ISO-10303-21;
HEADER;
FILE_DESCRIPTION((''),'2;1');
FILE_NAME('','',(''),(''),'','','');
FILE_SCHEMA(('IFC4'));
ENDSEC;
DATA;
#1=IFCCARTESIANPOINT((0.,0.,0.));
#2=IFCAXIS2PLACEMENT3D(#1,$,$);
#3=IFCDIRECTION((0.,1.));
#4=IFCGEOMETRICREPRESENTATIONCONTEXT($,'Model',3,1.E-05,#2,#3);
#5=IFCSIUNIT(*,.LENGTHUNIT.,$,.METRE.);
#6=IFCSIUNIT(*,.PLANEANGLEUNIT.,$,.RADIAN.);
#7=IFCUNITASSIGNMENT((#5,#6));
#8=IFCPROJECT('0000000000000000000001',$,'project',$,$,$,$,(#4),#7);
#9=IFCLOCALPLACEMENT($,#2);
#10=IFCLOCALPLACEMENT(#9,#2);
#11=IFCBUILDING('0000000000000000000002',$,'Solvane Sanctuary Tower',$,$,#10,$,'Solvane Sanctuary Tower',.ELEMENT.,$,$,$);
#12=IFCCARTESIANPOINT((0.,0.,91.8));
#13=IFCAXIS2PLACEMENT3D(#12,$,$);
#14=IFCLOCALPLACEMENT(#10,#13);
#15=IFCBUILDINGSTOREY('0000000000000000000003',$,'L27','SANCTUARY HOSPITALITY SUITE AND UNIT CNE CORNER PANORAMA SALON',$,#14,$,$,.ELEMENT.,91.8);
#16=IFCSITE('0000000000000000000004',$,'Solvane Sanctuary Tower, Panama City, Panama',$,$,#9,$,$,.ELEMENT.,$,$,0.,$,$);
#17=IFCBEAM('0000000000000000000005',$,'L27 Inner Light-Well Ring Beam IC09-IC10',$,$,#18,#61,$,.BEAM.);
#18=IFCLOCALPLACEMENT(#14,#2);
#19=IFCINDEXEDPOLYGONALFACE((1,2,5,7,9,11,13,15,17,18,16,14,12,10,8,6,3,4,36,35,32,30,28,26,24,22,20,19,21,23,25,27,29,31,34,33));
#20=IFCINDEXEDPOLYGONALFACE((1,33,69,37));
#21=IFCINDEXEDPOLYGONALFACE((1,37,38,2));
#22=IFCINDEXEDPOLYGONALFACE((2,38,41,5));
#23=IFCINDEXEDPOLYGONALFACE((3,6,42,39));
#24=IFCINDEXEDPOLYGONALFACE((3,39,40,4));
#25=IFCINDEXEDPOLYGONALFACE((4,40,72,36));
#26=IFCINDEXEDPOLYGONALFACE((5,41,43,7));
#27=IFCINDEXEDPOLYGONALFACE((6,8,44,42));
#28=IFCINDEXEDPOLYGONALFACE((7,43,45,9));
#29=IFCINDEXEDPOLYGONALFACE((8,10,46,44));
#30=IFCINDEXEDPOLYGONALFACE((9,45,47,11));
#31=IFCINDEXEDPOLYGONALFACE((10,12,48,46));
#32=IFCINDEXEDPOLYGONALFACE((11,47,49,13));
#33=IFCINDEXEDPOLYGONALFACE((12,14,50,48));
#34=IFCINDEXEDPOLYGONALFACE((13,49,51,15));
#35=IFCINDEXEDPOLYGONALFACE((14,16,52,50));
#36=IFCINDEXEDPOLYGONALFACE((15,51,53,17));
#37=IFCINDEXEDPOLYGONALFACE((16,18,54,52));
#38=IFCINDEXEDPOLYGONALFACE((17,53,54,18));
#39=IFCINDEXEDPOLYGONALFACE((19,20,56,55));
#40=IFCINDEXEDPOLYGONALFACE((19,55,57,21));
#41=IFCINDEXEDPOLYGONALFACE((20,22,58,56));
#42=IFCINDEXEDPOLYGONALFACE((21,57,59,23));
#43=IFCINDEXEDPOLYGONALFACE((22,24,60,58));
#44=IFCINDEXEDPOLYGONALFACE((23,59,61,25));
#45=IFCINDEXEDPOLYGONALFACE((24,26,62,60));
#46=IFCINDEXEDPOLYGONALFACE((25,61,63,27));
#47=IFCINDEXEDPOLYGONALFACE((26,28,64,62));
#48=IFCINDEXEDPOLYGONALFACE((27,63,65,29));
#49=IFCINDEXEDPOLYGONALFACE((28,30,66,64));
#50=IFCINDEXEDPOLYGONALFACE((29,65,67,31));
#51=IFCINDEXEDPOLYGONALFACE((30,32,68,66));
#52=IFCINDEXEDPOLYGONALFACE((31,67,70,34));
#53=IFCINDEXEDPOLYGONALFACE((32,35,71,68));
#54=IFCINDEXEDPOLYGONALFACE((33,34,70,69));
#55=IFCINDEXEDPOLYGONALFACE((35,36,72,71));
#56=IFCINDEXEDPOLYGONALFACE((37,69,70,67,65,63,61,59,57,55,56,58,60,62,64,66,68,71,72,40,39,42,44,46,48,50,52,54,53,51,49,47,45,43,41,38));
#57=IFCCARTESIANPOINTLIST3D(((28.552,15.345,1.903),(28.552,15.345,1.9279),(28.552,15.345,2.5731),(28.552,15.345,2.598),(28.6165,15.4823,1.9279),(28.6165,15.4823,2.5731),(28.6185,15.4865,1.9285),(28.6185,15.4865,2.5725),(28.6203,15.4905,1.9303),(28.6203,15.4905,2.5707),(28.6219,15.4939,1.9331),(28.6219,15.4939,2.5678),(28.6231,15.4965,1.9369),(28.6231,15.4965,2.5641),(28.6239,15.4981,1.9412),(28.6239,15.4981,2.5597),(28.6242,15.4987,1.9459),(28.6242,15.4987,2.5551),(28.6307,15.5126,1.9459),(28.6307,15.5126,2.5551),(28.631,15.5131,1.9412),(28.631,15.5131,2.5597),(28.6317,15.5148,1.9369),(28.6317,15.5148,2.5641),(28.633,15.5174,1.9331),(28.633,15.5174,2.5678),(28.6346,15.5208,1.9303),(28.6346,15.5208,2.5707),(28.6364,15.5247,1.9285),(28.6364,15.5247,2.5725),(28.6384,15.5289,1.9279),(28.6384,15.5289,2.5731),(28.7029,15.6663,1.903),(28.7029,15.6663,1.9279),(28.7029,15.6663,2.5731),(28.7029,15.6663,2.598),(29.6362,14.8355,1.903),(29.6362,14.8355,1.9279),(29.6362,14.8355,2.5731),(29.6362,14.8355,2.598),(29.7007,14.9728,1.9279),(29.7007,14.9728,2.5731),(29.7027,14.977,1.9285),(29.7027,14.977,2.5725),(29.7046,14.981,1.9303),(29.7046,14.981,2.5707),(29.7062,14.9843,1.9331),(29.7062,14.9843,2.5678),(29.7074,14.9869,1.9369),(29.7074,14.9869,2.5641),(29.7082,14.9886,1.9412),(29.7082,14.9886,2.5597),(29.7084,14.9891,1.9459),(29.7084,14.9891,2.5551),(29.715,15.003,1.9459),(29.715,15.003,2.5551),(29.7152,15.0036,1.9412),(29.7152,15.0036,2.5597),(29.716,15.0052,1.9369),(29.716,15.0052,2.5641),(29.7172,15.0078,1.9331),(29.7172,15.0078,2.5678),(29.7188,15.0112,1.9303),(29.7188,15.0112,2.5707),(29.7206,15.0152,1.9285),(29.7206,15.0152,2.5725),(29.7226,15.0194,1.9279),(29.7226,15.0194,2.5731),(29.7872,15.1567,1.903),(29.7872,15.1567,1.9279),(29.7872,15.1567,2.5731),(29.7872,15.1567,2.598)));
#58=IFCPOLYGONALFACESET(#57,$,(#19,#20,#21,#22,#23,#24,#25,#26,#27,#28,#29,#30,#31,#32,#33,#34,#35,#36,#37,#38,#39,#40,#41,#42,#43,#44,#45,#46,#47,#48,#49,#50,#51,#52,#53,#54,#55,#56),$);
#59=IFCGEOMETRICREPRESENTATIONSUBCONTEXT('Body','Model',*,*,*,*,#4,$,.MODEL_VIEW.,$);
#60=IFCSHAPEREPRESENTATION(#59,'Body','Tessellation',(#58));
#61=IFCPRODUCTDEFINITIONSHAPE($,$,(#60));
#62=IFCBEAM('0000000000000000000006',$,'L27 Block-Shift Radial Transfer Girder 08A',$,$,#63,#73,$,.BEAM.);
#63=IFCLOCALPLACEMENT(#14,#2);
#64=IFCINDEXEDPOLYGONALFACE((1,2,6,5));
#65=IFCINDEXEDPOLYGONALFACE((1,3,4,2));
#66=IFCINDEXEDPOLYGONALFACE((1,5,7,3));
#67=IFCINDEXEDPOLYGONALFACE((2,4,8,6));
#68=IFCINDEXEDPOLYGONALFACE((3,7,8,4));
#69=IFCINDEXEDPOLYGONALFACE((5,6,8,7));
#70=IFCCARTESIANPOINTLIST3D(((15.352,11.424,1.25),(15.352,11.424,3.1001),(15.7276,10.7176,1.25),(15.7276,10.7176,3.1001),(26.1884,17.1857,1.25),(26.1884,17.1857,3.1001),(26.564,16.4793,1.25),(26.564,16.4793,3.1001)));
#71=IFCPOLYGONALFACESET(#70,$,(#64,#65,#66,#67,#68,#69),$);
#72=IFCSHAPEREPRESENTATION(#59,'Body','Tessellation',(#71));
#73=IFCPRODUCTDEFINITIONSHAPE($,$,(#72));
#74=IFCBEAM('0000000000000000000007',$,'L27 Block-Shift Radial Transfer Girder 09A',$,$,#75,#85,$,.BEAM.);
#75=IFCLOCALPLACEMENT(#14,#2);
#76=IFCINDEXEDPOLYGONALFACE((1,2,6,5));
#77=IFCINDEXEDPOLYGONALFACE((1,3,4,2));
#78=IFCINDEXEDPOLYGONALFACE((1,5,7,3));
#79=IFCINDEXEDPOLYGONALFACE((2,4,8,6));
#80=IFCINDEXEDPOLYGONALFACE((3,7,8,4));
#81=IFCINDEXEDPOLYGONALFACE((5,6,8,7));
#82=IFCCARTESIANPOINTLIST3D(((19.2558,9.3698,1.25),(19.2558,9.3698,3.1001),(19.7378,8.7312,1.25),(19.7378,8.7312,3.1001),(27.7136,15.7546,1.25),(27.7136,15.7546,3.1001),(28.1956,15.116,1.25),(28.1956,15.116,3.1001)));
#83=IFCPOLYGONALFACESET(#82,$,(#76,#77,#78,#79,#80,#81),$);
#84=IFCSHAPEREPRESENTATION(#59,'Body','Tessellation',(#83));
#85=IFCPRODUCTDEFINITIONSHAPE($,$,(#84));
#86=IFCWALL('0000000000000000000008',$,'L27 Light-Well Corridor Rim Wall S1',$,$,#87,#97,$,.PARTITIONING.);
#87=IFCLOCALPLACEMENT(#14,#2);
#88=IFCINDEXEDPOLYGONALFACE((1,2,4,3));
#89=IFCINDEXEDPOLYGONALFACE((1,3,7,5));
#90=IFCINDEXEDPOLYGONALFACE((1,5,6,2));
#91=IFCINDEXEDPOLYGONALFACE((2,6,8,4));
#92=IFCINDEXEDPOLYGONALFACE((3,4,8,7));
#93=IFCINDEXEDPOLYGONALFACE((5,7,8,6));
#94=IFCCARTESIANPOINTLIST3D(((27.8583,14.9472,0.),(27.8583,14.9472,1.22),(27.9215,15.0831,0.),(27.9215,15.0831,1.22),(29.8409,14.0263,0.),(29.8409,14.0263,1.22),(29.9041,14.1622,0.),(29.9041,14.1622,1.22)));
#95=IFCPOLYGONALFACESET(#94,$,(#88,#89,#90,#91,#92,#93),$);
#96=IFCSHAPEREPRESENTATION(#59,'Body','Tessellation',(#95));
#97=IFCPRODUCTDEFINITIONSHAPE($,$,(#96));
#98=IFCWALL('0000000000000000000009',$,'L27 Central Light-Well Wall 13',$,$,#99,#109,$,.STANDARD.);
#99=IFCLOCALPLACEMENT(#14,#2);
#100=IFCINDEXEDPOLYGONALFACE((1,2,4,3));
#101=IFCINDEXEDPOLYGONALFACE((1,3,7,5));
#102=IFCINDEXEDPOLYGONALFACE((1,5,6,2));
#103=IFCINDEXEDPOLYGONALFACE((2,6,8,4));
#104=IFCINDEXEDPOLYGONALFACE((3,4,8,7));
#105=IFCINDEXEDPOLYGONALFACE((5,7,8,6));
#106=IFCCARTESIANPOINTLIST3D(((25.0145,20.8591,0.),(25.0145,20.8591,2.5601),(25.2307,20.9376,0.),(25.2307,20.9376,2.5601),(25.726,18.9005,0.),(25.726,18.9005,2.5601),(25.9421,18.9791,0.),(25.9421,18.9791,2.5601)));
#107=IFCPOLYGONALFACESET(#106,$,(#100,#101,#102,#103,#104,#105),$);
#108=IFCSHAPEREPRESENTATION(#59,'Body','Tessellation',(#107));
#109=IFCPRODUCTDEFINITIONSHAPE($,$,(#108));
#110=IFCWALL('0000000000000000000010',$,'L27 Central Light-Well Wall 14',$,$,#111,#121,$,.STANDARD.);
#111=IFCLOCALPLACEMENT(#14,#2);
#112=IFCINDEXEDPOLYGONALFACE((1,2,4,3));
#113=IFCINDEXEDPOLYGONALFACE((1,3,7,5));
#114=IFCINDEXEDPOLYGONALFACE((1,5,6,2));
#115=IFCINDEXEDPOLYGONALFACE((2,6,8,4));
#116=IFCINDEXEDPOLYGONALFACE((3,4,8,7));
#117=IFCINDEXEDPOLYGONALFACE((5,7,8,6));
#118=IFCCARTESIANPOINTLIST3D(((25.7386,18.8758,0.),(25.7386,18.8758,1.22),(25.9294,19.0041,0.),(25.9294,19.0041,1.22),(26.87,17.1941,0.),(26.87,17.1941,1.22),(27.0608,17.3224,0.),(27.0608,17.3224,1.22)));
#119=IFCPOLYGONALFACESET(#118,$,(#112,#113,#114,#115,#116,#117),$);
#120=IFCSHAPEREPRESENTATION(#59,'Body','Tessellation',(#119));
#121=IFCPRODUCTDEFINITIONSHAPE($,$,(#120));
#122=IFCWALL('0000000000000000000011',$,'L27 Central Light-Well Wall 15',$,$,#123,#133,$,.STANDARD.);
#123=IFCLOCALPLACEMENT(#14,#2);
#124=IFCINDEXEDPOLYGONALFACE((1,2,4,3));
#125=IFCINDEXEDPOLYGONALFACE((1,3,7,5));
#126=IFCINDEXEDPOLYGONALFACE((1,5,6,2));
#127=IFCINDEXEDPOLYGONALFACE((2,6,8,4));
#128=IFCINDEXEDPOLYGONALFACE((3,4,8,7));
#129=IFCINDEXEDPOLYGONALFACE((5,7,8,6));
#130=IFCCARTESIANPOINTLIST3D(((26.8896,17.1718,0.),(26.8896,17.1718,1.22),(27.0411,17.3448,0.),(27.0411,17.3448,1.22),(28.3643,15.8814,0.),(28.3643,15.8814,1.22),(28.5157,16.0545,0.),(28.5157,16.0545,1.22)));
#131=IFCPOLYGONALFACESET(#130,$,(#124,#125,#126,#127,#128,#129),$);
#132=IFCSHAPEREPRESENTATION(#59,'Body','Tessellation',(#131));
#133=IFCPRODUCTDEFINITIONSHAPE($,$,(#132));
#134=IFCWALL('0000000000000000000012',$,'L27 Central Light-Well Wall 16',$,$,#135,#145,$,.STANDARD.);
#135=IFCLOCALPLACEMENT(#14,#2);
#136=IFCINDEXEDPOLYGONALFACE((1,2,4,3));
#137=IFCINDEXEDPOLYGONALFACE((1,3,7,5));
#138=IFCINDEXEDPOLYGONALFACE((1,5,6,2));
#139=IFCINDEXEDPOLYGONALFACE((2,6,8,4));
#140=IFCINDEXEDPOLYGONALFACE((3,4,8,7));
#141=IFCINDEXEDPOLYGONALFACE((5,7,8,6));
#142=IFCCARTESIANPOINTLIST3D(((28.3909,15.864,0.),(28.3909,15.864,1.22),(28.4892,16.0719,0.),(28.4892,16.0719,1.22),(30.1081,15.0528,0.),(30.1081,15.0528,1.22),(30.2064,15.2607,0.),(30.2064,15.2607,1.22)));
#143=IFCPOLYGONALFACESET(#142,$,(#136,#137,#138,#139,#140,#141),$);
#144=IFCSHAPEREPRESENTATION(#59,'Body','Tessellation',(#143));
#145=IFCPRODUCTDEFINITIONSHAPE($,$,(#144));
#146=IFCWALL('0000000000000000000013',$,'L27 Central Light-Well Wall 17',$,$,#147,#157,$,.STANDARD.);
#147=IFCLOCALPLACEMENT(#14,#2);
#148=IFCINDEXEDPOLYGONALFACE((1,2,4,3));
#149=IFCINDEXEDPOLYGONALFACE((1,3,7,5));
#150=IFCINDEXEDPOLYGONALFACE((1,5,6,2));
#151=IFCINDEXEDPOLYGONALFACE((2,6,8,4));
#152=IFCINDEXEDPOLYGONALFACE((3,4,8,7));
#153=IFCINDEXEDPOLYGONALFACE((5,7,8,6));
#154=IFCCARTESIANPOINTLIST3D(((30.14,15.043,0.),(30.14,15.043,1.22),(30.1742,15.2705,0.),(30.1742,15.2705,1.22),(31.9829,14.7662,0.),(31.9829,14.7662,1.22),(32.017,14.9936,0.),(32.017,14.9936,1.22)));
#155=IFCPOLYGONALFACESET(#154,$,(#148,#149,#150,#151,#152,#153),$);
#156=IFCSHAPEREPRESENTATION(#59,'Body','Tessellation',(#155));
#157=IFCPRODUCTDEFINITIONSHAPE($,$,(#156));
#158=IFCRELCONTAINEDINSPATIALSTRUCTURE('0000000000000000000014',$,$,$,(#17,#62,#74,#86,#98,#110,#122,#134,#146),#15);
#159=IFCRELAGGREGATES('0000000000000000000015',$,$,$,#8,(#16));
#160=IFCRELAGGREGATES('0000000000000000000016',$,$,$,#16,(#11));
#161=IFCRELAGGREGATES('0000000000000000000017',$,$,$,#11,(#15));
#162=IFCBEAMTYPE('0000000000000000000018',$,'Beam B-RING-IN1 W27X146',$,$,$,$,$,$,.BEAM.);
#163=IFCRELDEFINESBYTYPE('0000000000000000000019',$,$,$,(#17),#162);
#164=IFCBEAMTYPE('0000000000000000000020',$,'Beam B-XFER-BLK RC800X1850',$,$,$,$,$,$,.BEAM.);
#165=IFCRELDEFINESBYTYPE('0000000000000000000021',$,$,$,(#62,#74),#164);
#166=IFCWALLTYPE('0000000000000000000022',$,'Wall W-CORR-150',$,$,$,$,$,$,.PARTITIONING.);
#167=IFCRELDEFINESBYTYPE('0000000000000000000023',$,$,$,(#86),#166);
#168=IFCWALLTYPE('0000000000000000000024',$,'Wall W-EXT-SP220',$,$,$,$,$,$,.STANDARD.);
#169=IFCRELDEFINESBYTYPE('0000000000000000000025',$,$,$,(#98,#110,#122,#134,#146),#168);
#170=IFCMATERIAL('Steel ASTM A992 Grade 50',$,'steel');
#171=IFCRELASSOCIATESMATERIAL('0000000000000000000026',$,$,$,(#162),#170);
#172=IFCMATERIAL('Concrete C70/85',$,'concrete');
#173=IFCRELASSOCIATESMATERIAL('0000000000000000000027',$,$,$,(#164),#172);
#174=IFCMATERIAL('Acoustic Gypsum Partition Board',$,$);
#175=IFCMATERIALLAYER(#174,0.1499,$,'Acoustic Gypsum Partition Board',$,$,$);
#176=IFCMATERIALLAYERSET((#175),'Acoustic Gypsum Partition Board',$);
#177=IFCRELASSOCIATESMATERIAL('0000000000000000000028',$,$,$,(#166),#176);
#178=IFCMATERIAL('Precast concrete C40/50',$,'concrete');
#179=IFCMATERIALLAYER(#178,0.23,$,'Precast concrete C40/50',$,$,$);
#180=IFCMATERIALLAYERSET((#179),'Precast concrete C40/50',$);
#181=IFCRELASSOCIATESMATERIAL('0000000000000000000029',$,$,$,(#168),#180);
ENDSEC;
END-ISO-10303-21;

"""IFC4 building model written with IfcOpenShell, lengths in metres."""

from ifc_helpers import new_model, si_unit, direction, frame, frame_2d, origin, origin_2d, place, context, subcontext, project, spatial, rectangle, i_section, extrude, material, layer, layer_set, material_profile, profile_set, type_object, element, save


model = new_model("IFC4")

# Units and contexts
model_context = context("Model", 3, precision=1e-05, world=origin(), true_north=direction((0.0, 1.0)))
body_context = subcontext(model_context, "Body", "Model", "MODEL_VIEW")
ifc_project = project(units=[si_unit("LENGTHUNIT", "METRE"), si_unit("PLANEANGLEUNIT", "RADIAN")], contexts=[model_context])

# Site, building, storey
site_placement = place(None, origin())
site = spatial("IfcSite", under=ifc_project, at=site_placement, Name="Solvane Sanctuary Tower, Panama City, Panama", CompositionType="ELEMENT", RefElevation=0.0)
building_placement = place(site_placement, origin())
building = spatial("IfcBuilding", under=site, at=building_placement, Name="Solvane Sanctuary Tower", LongName="Solvane Sanctuary Tower", CompositionType="ELEMENT")
storey_placement = place(building_placement, frame((0.0, 0.0, 91.8)))
storey = spatial("IfcBuildingStorey", under=building, at=storey_placement, Name="L27", Description="SANCTUARY HOSPITALITY SUITE AND UNIT CNE CORNER PANORAMA SALON", CompositionType="ELEMENT", Elevation=91.8)

# Shared definitions
ifc_material_1 = material(Name="Concrete C70/85", Category="concrete")

# Beams
ifc_material_2 = material(Name="Steel ASTM A992 Grade 50", Category="steel")
ifc_material_profile_1 = material_profile(ifc_material_2, i_section(OverallWidth=0.355, OverallDepth=0.6951, WebThickness=0.0154, FlangeThickness=0.0249, FilletRadius=0.0181, at=origin_2d()), Name="W27X146")
ifc_profile_set_1 = profile_set([ifc_material_profile_1], Name="Steel ASTM A992 Grade 50")
beam_type_1 = type_object("IfcBeamType", Name="Beam B-RING-IN1 W27X146", PredefinedType="BEAM", material=ifc_profile_set_1)
beam_1_placement = place(storey_placement, frame((28.6274, 15.5056, 2.2505), z_axis=(0.905045, -0.425316, 0.0), x_axis=(0.425316, 0.905045, 0.0)))
element("IfcBeam", 1, at=beam_1_placement, inside=storey, type_object=beam_type_1, Name="L27 Inner Light-Well Ring Beam IC09-IC10", PredefinedType="BEAM", context=body_context, shape_type="SweptSolid", body=[
    extrude(i_section(OverallWidth=0.355, OverallDepth=0.6951, WebThickness=0.0154, FlangeThickness=0.0249, FilletRadius=0.0181, at=origin_2d()), origin(), (0.0, 0.0, 1.0), 1.198),
])
ifc_material_profile_2 = material_profile(ifc_material_1, rectangle(XDim=0.8, YDim=1.8501, at=origin_2d()), Name="RC800X1850")
ifc_profile_set_2 = profile_set([ifc_material_profile_2], Name="Concrete C70/85")
beam_type_2 = type_object("IfcBeamType", Name="Beam B-XFER-BLK RC800X1850", PredefinedType="BEAM", material=ifc_profile_set_2)
beam_2_placement = place(storey_placement, frame((26.3762, 16.8325, 2.175), z_axis=(-0.882951, -0.469465, 0.0), x_axis=(0.469465, -0.882951, 0.0)))
element("IfcBeam", 2, at=beam_2_placement, inside=storey, type_object=beam_type_2, Name="L27 Block-Shift Radial Transfer Girder 08A", PredefinedType="BEAM", context=body_context, shape_type="SweptSolid", body=[
    extrude(rectangle(XDim=0.8, YDim=1.8501, at=origin_2d()), origin(), (0.0, 0.0, 1.0), 12.2729),
])
beam_3_placement = place(storey_placement, frame((27.9546, 15.4353, 2.175), z_axis=(-0.798119, -0.6025, 0.0), x_axis=(0.6025, -0.798119, 0.0)))
element("IfcBeam", 3, at=beam_3_placement, inside=storey, type_object=beam_type_2, Name="L27 Block-Shift Radial Transfer Girder 09A", PredefinedType="BEAM", context=body_context, shape_type="SweptSolid", body=[
    extrude(rectangle(XDim=0.8, YDim=1.8501, at=origin_2d()), origin(), (0.0, 0.0, 1.0), 10.5972),
])

# Walls
ifc_material_3 = material(Name="Acoustic Gypsum Partition Board")
ifc_layer_1 = layer(ifc_material_3, 0.1499, Name="Acoustic Gypsum Partition Board")
ifc_layer_set_1 = layer_set([ifc_layer_1], Name="Acoustic Gypsum Partition Board")
wall_type_1 = type_object("IfcWallType", Name="Wall W-CORR-150", PredefinedType="PARTITIONING", material=ifc_layer_set_1)
wall_1_placement = place(storey_placement, frame((27.8899, 15.0151, 0.0), z_axis=(0.0, 0.0, 1.0), x_axis=(0.906943, -0.421252, 0.0)))
element("IfcWall", 4, at=wall_1_placement, inside=storey, type_object=wall_type_1, Name="L27 Light-Well Corridor Rim Wall S1", PredefinedType="PARTITIONING", context=body_context, shape_type="SweptSolid", body=[
    extrude(rectangle(XDim=2.186, YDim=0.1499, at=frame_2d((1.093, 0.0))), origin(), (0.0, 0.0, 1.0), 1.22),
])
ifc_material_4 = material(Name="Precast concrete C40/50", Category="concrete")
ifc_layer_2 = layer(ifc_material_4, 0.23, Name="Precast concrete C40/50")
ifc_layer_set_2 = layer_set([ifc_layer_2], Name="Precast concrete C40/50")
wall_type_2 = type_object("IfcWallType", Name="Wall W-EXT-SP220", PredefinedType="STANDARD", material=ifc_layer_set_2)
wall_2_placement = place(storey_placement, frame((25.1226, 20.8984, 0.0), z_axis=(0.0, 0.0, 1.0), x_axis=(0.341423, -0.93991, 0.0)))
element("IfcWall", 5, at=wall_2_placement, inside=storey, type_object=wall_type_2, Name="L27 Central Light-Well Wall 13", PredefinedType="STANDARD", context=body_context, shape_type="SweptSolid", body=[
    extrude(rectangle(XDim=2.0837, YDim=0.23, at=frame_2d((1.042, 0.0))), origin(), (0.0, 0.0, 1.0), 2.5601),
])
wall_3_placement = place(storey_placement, frame((25.834, 18.9399, 0.0), z_axis=(0.0, 0.0, 1.0), x_axis=(0.558198, -0.829708, 0.0)))
element("IfcWall", 6, at=wall_3_placement, inside=storey, type_object=wall_type_2, Name="L27 Central Light-Well Wall 14", PredefinedType="STANDARD", context=body_context, shape_type="SweptSolid", body=[
    extrude(rectangle(XDim=2.0269, YDim=0.23, at=frame_2d((1.0134, 0.0))), origin(), (0.0, 0.0, 1.0), 1.22),
])
wall_4_placement = place(storey_placement, frame((26.9653, 17.2583, 0.0), z_axis=(0.0, 0.0, 1.0), x_axis=(0.752577, -0.658505, 0.0)))
element("IfcWall", 7, at=wall_4_placement, inside=storey, type_object=wall_type_2, Name="L27 Central Light-Well Wall 15", PredefinedType="STANDARD", context=body_context, shape_type="SweptSolid", body=[
    extrude(rectangle(XDim=1.9595, YDim=0.23, at=frame_2d((0.9797, 0.0))), origin(), (0.0, 0.0, 1.0), 1.22),
])
wall_5_placement = place(storey_placement, frame((28.4399, 15.968, 0.0), z_axis=(0.0, 0.0, 1.0), x_axis=(0.90418, -0.427152, 0.0)))
element("IfcWall", 8, at=wall_5_placement, inside=storey, type_object=wall_type_2, Name="L27 Central Light-Well Wall 16", PredefinedType="STANDARD", context=body_context, shape_type="SweptSolid", body=[
    extrude(rectangle(XDim=1.8992, YDim=0.23, at=frame_2d((0.9497, 0.0))), origin(), (0.0, 0.0, 1.0), 1.22),
])
wall_6_placement = place(storey_placement, frame((30.1572, 15.1567, 0.0), z_axis=(0.0, 0.0, 1.0), x_axis=(0.988902, -0.148571, 0.0)))
element("IfcWall", 9, at=wall_6_placement, inside=storey, type_object=wall_type_2, Name="L27 Central Light-Well Wall 17", PredefinedType="STANDARD", context=body_context, shape_type="SweptSolid", body=[
    extrude(rectangle(XDim=1.8635, YDim=0.23, at=frame_2d((0.9316, 0.0))), origin(), (0.0, 0.0, 1.0), 1.22),
])

save(model, "model.ifc")
